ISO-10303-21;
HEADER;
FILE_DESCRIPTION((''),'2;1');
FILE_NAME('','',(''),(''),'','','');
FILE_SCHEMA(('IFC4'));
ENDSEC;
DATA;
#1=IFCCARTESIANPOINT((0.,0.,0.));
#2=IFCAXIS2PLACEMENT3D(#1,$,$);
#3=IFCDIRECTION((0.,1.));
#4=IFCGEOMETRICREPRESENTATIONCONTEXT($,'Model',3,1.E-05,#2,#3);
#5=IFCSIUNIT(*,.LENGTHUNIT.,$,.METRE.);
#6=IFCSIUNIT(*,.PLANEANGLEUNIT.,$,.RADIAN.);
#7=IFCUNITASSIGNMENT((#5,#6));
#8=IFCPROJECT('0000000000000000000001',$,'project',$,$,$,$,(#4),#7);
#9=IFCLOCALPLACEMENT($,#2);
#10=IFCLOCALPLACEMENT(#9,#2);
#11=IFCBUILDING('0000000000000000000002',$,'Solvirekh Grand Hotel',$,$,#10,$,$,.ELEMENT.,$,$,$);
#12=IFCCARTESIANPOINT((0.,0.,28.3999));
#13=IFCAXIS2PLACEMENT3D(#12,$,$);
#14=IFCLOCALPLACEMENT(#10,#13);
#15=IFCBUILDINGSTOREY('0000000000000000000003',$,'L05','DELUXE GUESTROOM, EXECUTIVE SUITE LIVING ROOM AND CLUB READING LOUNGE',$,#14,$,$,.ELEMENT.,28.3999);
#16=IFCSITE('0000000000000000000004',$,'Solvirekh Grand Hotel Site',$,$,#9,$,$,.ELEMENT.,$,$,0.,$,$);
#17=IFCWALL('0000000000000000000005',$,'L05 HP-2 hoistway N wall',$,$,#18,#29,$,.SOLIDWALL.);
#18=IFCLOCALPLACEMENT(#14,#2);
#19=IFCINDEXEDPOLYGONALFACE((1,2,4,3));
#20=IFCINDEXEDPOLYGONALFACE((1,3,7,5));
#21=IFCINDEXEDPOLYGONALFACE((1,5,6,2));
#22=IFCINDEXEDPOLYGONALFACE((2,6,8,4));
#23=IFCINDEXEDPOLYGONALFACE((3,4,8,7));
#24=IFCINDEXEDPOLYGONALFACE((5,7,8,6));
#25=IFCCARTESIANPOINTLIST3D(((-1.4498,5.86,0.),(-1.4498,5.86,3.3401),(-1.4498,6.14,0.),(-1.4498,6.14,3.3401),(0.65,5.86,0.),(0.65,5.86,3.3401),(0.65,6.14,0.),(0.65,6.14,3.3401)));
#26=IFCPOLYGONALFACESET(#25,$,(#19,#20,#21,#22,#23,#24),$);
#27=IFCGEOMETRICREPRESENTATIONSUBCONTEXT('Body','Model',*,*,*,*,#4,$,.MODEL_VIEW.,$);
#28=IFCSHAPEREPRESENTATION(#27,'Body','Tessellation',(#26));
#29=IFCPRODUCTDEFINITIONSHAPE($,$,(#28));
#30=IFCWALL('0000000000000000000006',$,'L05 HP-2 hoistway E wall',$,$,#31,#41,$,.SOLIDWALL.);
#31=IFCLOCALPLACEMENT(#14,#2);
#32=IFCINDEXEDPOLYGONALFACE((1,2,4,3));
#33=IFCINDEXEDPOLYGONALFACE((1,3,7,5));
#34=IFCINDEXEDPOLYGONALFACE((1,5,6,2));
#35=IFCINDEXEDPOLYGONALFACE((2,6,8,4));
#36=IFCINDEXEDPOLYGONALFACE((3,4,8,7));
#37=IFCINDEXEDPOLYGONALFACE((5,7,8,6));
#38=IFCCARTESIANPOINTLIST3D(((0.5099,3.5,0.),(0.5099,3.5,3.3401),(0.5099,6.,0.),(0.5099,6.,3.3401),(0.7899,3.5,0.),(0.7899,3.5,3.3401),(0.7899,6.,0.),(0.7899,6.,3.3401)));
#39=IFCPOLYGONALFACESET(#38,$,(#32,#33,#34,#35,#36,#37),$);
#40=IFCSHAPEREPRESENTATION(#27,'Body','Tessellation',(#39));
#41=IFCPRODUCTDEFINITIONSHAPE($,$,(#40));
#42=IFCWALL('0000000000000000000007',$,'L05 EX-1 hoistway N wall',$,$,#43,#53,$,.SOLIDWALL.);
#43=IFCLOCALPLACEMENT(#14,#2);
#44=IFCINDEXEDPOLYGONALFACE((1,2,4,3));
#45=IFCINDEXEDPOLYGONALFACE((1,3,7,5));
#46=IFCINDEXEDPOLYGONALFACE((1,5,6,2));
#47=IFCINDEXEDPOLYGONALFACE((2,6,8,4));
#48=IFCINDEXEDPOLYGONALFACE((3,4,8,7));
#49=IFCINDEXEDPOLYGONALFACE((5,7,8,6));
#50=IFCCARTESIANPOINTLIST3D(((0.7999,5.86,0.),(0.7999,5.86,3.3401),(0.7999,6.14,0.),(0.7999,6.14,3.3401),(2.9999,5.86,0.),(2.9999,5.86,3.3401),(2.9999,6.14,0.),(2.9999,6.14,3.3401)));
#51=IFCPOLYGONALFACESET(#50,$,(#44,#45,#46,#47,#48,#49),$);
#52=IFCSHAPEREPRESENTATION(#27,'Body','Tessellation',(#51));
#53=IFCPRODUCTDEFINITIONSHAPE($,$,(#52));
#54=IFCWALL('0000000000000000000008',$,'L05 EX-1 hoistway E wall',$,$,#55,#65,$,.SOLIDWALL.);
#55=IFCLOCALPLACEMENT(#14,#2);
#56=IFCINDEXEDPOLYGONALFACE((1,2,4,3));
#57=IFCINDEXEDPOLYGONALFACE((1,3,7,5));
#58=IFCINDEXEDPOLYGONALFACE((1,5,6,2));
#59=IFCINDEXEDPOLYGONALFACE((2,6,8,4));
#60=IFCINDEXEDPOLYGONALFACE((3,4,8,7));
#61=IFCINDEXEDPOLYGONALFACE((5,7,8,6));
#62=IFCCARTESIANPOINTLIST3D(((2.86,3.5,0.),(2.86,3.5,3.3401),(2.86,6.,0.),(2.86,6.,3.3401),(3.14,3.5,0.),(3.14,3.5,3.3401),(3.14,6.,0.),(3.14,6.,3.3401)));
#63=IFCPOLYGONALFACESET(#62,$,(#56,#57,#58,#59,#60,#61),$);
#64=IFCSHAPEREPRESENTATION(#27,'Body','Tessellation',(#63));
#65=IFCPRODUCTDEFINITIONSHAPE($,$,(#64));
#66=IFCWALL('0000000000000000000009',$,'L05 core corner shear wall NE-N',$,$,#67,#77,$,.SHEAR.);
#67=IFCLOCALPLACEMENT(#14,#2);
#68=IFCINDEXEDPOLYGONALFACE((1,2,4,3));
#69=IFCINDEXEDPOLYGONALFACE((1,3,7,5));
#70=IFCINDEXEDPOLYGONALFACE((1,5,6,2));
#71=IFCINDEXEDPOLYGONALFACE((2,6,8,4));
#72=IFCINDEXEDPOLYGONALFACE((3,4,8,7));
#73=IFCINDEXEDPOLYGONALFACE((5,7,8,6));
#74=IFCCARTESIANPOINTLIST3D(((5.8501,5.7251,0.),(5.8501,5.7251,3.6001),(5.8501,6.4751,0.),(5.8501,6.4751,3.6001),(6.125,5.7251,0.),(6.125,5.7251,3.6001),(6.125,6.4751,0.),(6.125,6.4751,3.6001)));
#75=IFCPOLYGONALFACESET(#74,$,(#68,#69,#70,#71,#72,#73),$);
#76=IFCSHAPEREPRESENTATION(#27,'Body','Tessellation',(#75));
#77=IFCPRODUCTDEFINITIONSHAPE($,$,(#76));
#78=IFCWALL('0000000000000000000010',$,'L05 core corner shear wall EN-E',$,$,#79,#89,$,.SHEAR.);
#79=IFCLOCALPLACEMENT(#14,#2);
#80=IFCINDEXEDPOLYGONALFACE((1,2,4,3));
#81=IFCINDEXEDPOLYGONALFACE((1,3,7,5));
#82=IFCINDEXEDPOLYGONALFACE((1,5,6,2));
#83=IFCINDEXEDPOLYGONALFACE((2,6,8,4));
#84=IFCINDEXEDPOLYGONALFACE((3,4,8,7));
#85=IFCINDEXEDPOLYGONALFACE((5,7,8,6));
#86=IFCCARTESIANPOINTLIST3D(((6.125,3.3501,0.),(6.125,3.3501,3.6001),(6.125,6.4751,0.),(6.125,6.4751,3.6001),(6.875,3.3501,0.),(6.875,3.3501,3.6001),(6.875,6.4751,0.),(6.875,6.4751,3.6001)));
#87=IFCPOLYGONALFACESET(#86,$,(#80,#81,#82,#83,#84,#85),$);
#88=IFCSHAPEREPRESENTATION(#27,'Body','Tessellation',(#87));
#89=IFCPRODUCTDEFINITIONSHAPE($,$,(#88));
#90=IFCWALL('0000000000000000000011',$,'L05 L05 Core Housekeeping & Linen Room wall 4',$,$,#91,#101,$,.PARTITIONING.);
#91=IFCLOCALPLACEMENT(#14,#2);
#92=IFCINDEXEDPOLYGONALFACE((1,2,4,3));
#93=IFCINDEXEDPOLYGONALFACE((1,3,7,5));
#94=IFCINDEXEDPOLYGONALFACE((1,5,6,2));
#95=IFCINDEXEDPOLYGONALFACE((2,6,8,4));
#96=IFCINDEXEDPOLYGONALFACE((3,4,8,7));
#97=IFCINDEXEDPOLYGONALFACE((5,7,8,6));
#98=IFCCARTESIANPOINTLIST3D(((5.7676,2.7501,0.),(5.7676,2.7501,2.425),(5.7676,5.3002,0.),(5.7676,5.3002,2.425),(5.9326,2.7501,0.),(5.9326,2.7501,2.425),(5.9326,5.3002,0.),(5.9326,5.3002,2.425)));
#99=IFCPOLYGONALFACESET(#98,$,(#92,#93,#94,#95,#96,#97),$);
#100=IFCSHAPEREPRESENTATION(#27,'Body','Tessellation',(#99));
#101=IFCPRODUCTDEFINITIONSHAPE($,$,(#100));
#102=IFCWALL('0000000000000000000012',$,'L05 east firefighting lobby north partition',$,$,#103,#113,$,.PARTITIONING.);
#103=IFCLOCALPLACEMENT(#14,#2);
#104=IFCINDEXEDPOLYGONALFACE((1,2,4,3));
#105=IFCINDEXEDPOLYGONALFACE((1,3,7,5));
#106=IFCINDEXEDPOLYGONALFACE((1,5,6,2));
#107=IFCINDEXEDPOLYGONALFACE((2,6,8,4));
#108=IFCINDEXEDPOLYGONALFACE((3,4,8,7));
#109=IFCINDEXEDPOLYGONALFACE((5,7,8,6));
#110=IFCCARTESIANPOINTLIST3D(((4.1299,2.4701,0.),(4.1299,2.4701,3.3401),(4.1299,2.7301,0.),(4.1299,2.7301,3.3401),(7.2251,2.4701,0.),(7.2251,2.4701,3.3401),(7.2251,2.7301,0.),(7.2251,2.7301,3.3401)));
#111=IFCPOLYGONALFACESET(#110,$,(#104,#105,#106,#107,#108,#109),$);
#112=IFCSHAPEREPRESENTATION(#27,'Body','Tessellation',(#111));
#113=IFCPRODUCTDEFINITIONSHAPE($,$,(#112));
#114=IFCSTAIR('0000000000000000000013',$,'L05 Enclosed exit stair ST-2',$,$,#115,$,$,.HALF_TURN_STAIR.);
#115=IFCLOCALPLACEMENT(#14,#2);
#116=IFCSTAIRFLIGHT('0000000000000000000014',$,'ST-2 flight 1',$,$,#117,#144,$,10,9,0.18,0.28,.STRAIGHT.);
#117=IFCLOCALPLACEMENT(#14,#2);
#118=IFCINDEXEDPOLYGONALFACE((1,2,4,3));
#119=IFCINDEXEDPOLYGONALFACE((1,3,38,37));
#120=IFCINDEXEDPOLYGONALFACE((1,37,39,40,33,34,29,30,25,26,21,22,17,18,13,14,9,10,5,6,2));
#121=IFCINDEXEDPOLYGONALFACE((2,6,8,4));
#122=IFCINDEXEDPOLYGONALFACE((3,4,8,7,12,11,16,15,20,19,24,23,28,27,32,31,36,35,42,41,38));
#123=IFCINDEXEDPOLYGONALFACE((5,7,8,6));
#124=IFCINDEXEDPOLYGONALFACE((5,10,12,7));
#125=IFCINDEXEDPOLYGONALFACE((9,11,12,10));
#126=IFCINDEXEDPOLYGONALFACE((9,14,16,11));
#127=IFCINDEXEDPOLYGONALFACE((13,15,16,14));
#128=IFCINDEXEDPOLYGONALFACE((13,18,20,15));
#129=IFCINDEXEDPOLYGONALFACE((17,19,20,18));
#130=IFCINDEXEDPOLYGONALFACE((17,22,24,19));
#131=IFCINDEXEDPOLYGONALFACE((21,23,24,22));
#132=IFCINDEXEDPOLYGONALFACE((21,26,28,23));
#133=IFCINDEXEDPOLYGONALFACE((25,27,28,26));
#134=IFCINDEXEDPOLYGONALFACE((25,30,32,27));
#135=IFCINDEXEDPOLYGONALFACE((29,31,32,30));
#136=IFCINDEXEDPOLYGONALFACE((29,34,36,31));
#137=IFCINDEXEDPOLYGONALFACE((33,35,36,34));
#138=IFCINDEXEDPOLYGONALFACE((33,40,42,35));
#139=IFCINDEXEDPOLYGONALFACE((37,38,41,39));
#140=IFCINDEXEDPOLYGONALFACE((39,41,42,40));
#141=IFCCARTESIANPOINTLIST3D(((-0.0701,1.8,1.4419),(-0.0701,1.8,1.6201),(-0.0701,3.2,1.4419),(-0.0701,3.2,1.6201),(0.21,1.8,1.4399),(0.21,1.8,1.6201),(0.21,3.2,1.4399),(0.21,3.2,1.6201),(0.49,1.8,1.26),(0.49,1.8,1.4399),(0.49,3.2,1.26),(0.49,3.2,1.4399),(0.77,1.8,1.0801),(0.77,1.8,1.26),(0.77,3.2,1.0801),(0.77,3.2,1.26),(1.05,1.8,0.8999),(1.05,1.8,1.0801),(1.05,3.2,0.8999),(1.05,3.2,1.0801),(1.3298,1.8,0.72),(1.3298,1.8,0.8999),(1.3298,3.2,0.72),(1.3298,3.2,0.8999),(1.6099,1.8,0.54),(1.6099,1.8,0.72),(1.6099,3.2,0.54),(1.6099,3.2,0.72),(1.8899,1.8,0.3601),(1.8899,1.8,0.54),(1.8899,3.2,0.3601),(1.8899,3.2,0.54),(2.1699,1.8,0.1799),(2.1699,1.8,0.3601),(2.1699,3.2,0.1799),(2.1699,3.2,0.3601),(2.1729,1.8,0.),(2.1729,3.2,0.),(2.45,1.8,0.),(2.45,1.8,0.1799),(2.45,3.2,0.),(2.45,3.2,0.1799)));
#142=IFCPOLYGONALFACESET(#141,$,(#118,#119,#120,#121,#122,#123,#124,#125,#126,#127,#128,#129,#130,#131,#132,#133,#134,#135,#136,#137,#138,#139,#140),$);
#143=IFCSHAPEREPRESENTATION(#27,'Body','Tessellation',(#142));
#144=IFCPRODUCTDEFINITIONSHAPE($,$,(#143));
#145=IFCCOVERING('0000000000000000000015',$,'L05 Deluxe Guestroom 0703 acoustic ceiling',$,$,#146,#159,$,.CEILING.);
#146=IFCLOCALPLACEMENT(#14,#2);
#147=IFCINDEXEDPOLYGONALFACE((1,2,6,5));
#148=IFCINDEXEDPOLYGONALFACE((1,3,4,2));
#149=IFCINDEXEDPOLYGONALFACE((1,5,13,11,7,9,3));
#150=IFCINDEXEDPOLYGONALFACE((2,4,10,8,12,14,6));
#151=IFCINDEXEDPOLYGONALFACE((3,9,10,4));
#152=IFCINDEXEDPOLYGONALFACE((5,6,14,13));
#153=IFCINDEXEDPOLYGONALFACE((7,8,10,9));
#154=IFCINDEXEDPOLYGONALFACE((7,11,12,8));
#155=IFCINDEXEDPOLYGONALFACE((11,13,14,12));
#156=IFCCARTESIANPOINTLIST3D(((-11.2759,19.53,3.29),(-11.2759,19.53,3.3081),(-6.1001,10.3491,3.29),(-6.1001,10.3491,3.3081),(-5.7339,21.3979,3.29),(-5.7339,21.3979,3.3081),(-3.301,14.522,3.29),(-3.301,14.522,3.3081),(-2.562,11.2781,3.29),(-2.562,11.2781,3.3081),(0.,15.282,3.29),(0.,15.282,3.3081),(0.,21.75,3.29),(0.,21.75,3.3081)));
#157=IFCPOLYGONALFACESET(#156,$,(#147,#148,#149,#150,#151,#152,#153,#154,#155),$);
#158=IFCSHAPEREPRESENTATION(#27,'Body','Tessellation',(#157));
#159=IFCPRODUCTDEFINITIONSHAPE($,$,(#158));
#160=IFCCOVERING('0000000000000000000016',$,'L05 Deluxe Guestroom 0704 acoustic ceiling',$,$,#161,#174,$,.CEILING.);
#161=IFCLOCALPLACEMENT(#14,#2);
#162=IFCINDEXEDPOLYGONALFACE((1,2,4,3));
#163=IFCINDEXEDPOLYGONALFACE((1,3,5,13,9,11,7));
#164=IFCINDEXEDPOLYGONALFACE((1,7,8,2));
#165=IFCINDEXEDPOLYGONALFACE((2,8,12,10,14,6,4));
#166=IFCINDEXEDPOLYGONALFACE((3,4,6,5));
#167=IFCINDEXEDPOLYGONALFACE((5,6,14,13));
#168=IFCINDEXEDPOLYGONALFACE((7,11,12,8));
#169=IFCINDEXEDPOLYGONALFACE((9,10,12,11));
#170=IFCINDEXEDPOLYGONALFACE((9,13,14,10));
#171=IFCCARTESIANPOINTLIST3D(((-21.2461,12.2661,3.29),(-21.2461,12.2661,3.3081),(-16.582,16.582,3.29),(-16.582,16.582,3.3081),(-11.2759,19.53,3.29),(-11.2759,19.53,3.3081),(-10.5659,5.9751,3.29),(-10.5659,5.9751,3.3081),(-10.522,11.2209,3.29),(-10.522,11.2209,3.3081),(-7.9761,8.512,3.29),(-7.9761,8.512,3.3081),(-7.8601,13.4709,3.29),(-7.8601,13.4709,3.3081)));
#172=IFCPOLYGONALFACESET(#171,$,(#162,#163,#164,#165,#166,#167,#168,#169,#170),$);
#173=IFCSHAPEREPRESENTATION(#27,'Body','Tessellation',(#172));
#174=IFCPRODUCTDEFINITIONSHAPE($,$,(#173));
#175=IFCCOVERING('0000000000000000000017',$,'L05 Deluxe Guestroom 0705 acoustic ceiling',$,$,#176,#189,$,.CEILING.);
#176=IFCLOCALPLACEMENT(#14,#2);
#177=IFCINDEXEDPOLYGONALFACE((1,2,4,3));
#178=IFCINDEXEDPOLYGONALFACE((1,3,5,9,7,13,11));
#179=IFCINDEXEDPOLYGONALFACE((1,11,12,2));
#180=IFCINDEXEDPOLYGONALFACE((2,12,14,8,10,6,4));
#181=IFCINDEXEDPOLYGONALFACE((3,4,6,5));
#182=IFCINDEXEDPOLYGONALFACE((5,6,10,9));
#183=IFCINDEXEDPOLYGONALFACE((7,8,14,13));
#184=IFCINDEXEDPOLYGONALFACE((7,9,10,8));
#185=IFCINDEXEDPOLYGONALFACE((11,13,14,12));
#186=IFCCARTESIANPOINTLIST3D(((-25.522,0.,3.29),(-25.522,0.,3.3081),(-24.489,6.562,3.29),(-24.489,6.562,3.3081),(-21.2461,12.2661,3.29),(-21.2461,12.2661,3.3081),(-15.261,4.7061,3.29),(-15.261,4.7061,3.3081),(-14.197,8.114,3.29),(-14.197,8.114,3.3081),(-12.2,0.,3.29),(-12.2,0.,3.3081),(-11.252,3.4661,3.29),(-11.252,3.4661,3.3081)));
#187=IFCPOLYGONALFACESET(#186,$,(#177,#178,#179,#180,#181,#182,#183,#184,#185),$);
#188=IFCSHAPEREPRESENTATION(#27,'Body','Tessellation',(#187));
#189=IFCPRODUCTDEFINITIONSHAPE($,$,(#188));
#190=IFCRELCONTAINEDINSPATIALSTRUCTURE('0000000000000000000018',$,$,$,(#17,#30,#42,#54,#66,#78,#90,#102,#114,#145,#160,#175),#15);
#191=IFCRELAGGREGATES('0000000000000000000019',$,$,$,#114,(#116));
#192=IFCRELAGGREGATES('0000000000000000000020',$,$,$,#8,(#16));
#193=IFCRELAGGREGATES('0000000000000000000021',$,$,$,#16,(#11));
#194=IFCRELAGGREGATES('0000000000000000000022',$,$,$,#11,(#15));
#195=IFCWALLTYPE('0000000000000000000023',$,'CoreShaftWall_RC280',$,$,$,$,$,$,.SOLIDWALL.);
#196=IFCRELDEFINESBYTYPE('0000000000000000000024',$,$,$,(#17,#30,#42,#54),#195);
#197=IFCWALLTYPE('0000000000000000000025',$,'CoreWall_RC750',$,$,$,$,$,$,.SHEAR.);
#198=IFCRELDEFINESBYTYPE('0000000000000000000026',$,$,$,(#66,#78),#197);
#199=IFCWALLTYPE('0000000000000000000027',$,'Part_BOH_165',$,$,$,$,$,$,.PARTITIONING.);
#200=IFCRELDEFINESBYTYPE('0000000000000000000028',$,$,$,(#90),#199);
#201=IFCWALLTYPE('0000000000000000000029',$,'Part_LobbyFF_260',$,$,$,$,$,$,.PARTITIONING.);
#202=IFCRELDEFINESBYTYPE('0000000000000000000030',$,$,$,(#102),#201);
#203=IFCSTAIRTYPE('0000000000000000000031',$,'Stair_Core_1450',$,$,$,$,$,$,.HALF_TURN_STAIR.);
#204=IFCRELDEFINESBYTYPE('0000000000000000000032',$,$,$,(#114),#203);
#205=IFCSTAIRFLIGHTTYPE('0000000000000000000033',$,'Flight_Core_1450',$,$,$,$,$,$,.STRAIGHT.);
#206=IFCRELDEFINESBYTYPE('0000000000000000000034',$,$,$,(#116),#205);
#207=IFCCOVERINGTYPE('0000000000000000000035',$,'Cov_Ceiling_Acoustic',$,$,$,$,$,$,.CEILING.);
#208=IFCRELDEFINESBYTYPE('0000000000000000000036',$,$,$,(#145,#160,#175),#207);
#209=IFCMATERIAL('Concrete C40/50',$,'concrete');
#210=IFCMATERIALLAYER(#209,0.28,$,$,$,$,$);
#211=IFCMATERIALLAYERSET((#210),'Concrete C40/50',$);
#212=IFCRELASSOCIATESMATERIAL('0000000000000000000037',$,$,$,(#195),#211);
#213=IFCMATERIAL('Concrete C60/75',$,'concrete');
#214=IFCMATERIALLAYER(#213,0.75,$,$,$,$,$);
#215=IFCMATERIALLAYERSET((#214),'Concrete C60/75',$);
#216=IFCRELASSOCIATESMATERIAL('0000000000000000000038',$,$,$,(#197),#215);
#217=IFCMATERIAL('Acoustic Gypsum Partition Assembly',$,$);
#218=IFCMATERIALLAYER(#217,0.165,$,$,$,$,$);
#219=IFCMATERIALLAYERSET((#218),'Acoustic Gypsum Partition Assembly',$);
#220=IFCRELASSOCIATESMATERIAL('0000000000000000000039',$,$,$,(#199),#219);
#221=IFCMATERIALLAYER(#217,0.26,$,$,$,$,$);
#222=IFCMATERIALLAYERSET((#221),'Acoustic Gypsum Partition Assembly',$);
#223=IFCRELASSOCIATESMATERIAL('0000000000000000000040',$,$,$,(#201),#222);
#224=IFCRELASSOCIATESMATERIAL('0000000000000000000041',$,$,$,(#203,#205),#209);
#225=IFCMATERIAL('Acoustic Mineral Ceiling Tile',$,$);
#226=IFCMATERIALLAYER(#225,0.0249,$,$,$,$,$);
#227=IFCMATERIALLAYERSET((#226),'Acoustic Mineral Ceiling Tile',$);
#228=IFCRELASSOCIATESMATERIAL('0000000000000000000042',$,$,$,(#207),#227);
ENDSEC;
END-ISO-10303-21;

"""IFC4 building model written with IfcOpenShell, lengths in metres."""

from ifc_helpers import new_model, si_unit, direction, frame, frame_2d, origin, place, context, subcontext, project, spatial, polyline, rectangle, outline, extrude, material, layer, layer_set, type_object, element, aggregate, save


model = new_model("IFC4")

# Units and contexts
model_context = context("Model", 3, precision=1e-05, world=origin(), true_north=direction((0.0, 1.0)))
body_context = subcontext(model_context, "Body", "Model", "MODEL_VIEW")
ifc_project = project(units=[si_unit("LENGTHUNIT", "METRE"), si_unit("PLANEANGLEUNIT", "RADIAN")], contexts=[model_context])

# Site, building, storey
site_placement = place(None, origin())
site = spatial("IfcSite", under=ifc_project, at=site_placement, Name="Solvirekh Grand Hotel Site", CompositionType="ELEMENT", RefElevation=0.0)
building_placement = place(site_placement, origin())
building = spatial("IfcBuilding", under=site, at=building_placement, Name="Solvirekh Grand Hotel", CompositionType="ELEMENT")
storey_placement = place(building_placement, frame((0.0, 0.0, 28.3999)))
storey = spatial("IfcBuildingStorey", under=building, at=storey_placement, Name="L05", Description="DELUXE GUESTROOM, EXECUTIVE SUITE LIVING ROOM AND CLUB READING LOUNGE", CompositionType="ELEMENT", Elevation=28.3999)

# Walls
ifc_material_1 = material(Name="Concrete C40/50", Category="concrete")
ifc_layer_1 = layer(ifc_material_1, 0.28)
ifc_layer_set_1 = layer_set([ifc_layer_1], Name="Concrete C40/50")
wall_type_1 = type_object("IfcWallType", Name="CoreShaftWall_RC280", PredefinedType="SOLIDWALL", material=ifc_layer_set_1)
wall_1_placement = place(storey_placement, frame((0.6499, 6.0, 0.0), z_axis=(0.0, 0.0, 1.0), x_axis=(-1.0, 0.0, 0.0)))
element("IfcWall", 1, at=wall_1_placement, inside=storey, type_object=wall_type_1, Name="L05 HP-2 hoistway N wall", PredefinedType="SOLIDWALL", context=body_context, shape_type="SweptSolid", body=[
    extrude(rectangle(XDim=2.0999, YDim=0.28, at=frame_2d((1.0498, 0.0))), origin(), (0.0, 0.0, 1.0), 3.3401),
])
wall_2_placement = place(storey_placement, frame((0.6499, 3.5, 0.0), z_axis=(0.0, 0.0, 1.0), x_axis=(0.0, 1.0, 0.0)))
element("IfcWall", 2, at=wall_2_placement, inside=storey, type_object=wall_type_1, Name="L05 HP-2 hoistway E wall", PredefinedType="SOLIDWALL", context=body_context, shape_type="SweptSolid", body=[
    extrude(rectangle(XDim=2.5, YDim=0.28, at=frame_2d((1.25, 0.0))), origin(), (0.0, 0.0, 1.0), 3.3401),
])
wall_3_placement = place(storey_placement, frame((3.0, 6.0, 0.0), z_axis=(0.0, 0.0, 1.0), x_axis=(-1.0, 0.0, 0.0)))
element("IfcWall", 3, at=wall_3_placement, inside=storey, type_object=wall_type_1, Name="L05 EX-1 hoistway N wall", PredefinedType="SOLIDWALL", context=body_context, shape_type="SweptSolid", body=[
    extrude(rectangle(XDim=2.2, YDim=0.28, at=frame_2d((1.1001, 0.0))), origin(), (0.0, 0.0, 1.0), 3.3401),
])
wall_4_placement = place(storey_placement, frame((3.0, 3.5, 0.0), z_axis=(0.0, 0.0, 1.0), x_axis=(0.0, 1.0, 0.0)))
element("IfcWall", 4, at=wall_4_placement, inside=storey, type_object=wall_type_1, Name="L05 EX-1 hoistway E wall", PredefinedType="SOLIDWALL", context=body_context, shape_type="SweptSolid", body=[
    extrude(rectangle(XDim=2.5, YDim=0.28, at=frame_2d((1.25, 0.0))), origin(), (0.0, 0.0, 1.0), 3.3401),
])
ifc_material_2 = material(Name="Concrete C60/75", Category="concrete")
ifc_layer_2 = layer(ifc_material_2, 0.75)
ifc_layer_set_2 = layer_set([ifc_layer_2], Name="Concrete C60/75")
wall_type_2 = type_object("IfcWallType", Name="CoreWall_RC750", PredefinedType="SHEAR", material=ifc_layer_set_2)
wall_5_placement = place(storey_placement, frame((5.8501, 6.1001, 0.0), z_axis=(0.0, 0.0, 1.0), x_axis=(1.0, 0.0, 0.0)))
element("IfcWall", 5, at=wall_5_placement, inside=storey, type_object=wall_type_2, Name="L05 core corner shear wall NE-N", PredefinedType="SHEAR", context=body_context, shape_type="SweptSolid", body=[
    extrude(rectangle(XDim=0.2749, YDim=0.75, at=frame_2d((0.1375, 0.0))), origin(), (0.0, 0.0, 1.0), 3.6001),
])
wall_6_placement = place(storey_placement, frame((6.5, 3.3501, 0.0), z_axis=(0.0, 0.0, 1.0), x_axis=(0.0, 1.0, 0.0)))
element("IfcWall", 6, at=wall_6_placement, inside=storey, type_object=wall_type_2, Name="L05 core corner shear wall EN-E", PredefinedType="SHEAR", context=body_context, shape_type="SweptSolid", body=[
    extrude(rectangle(XDim=3.125, YDim=0.75, at=frame_2d((1.5625, 0.0))), origin(), (0.0, 0.0, 1.0), 3.6001),
])
ifc_material_3 = material(Name="Acoustic Gypsum Partition Assembly")
ifc_layer_3 = layer(ifc_material_3, 0.165)
ifc_layer_set_3 = layer_set([ifc_layer_3], Name="Acoustic Gypsum Partition Assembly")
wall_type_3 = type_object("IfcWallType", Name="Part_BOH_165", PredefinedType="PARTITIONING", material=ifc_layer_set_3)
wall_7_placement = place(storey_placement, frame((5.8501, 5.3, 0.0), z_axis=(0.0, 0.0, 1.0), x_axis=(0.0, -1.0, 0.0)))
element("IfcWall", 7, at=wall_7_placement, inside=storey, type_object=wall_type_3, Name="L05 L05 Core Housekeeping & Linen Room wall 4", PredefinedType="PARTITIONING", context=body_context, shape_type="SweptSolid", body=[
    extrude(rectangle(XDim=2.55, YDim=0.165, at=frame_2d((1.2749, 0.0))), origin(), (0.0, 0.0, 1.0), 2.425),
])
ifc_layer_4 = layer(ifc_material_3, 0.26)
ifc_layer_set_4 = layer_set([ifc_layer_4], Name="Acoustic Gypsum Partition Assembly")
wall_type_4 = type_object("IfcWallType", Name="Part_LobbyFF_260", PredefinedType="PARTITIONING", material=ifc_layer_set_4)
wall_8_placement = place(storey_placement, frame((4.1299, 2.6001, 0.0), z_axis=(0.0, 0.0, 1.0), x_axis=(1.0, 0.0, 0.0)))
element("IfcWall", 8, at=wall_8_placement, inside=storey, type_object=wall_type_4, Name="L05 east firefighting lobby north partition", PredefinedType="PARTITIONING", context=body_context, shape_type="SweptSolid", body=[
    extrude(rectangle(XDim=3.0952, YDim=0.26, at=frame_2d((1.5476, 0.0))), origin(), (0.0, 0.0, 1.0), 3.3401),
])

# Stair, stair flight
stair_type = type_object("IfcStairType", Name="Stair_Core_1450", PredefinedType="HALF_TURN_STAIR", material=ifc_material_1)
stair_placement = place(storey_placement, origin())
stair = element("IfcStair", 9, at=stair_placement, inside=storey, type_object=stair_type, Name="L05 Enclosed exit stair ST-2", PredefinedType="HALF_TURN_STAIR")
stair_flight_type = type_object("IfcStairFlightType", Name="Flight_Core_1450", PredefinedType="STRAIGHT", material=ifc_material_1)
stair_flight_placement = place(storey_placement, frame((2.45, 2.5, 0.0), z_axis=(0.0, 0.0, 1.0), x_axis=(-1.0, 0.0, 0.0)))
stair_flight = element("IfcStairFlight", 10, at=stair_flight_placement, type_object=stair_flight_type, Name="ST-2 flight 1", NumberOfRisers=10, NumberOfTreads=9, PredefinedType="STRAIGHT", RiserHeight=0.18, TreadLength=0.28, context=body_context, shape_type="SweptSolid", body=[
    extrude(outline(polyline([(0.0, 0.0), (0.0, 0.1799), (0.28, 0.1799), (0.28, 0.3601), (0.5601, 0.3601), (0.5601, 0.54), (0.8401, 0.54), (0.8401, 0.72), (1.1201, 0.72), (1.1201, 0.8999), (1.3999, 0.8999), (1.3999, 1.0801), (1.6799, 1.0801), (1.6799, 1.26), (1.96, 1.26), (1.96, 1.4399), (2.24, 1.4399), (2.24, 1.6201), (2.52, 1.6201), (2.52, 1.8), (2.52, 1.4419), (0.2771, 0.0), (0.0, 0.0)])), frame((0.0, 0.7, 0.0), z_axis=(0.0, -1.0, 0.0), x_axis=(1.0, 0.0, 0.0)), (0.0, 0.0, 1.0), 1.3999),
])
aggregate(stair, [stair_flight])

# Coverings
ifc_material_4 = material(Name="Acoustic Mineral Ceiling Tile")
ifc_layer_5 = layer(ifc_material_4, 0.0249)
ifc_layer_set_5 = layer_set([ifc_layer_5], Name="Acoustic Mineral Ceiling Tile")
covering_type_1 = type_object("IfcCoveringType", Name="Cov_Ceiling_Acoustic", PredefinedType="CEILING", material=ifc_layer_set_5)
covering_1_placement = place(storey_placement, frame((0.0, 0.0, 3.29)))
element("IfcCovering", 11, at=covering_1_placement, inside=storey, type_object=covering_type_1, Name="L05 Deluxe Guestroom 0703 acoustic ceiling", PredefinedType="CEILING", context=body_context, shape_type="SweptSolid", body=[
    extrude(outline(polyline([(-3.301, 14.522), (0.0, 15.282), (0.0, 21.75), (-5.7339, 21.3979), (-11.2759, 19.53), (-6.1001, 10.3491), (-2.562, 11.2781), (-3.301, 14.522)])), origin(), (0.0, 0.0, 1.0), 0.0181),
])
covering_2_placement = place(storey_placement, frame((0.0, 0.0, 3.29)))
element("IfcCovering", 12, at=covering_2_placement, inside=storey, type_object=covering_type_1, Name="L05 Deluxe Guestroom 0704 acoustic ceiling", PredefinedType="CEILING", context=body_context, shape_type="SweptSolid", body=[
    extrude(outline(polyline([(-10.522, 11.2209), (-7.8601, 13.4709), (-11.2759, 19.53), (-16.582, 16.582), (-21.2461, 12.2661), (-10.5659, 5.9751), (-7.9761, 8.512), (-10.522, 11.2209)])), origin(), (0.0, 0.0, 1.0), 0.0181),
])
covering_3_placement = place(storey_placement, frame((0.0, 0.0, 3.29)))
element("IfcCovering", 13, at=covering_3_placement, inside=storey, type_object=covering_type_1, Name="L05 Deluxe Guestroom 0705 acoustic ceiling", PredefinedType="CEILING", context=body_context, shape_type="SweptSolid", body=[
    extrude(outline(polyline([(-15.261, 4.7061), (-14.197, 8.114), (-21.2461, 12.2661), (-24.489, 6.562), (-25.522, 0.0), (-12.2, 0.0), (-11.252, 3.4661), (-15.261, 4.7061)])), origin(), (0.0, 0.0, 1.0), 0.0181),
])

save(model, "model.ifc")
